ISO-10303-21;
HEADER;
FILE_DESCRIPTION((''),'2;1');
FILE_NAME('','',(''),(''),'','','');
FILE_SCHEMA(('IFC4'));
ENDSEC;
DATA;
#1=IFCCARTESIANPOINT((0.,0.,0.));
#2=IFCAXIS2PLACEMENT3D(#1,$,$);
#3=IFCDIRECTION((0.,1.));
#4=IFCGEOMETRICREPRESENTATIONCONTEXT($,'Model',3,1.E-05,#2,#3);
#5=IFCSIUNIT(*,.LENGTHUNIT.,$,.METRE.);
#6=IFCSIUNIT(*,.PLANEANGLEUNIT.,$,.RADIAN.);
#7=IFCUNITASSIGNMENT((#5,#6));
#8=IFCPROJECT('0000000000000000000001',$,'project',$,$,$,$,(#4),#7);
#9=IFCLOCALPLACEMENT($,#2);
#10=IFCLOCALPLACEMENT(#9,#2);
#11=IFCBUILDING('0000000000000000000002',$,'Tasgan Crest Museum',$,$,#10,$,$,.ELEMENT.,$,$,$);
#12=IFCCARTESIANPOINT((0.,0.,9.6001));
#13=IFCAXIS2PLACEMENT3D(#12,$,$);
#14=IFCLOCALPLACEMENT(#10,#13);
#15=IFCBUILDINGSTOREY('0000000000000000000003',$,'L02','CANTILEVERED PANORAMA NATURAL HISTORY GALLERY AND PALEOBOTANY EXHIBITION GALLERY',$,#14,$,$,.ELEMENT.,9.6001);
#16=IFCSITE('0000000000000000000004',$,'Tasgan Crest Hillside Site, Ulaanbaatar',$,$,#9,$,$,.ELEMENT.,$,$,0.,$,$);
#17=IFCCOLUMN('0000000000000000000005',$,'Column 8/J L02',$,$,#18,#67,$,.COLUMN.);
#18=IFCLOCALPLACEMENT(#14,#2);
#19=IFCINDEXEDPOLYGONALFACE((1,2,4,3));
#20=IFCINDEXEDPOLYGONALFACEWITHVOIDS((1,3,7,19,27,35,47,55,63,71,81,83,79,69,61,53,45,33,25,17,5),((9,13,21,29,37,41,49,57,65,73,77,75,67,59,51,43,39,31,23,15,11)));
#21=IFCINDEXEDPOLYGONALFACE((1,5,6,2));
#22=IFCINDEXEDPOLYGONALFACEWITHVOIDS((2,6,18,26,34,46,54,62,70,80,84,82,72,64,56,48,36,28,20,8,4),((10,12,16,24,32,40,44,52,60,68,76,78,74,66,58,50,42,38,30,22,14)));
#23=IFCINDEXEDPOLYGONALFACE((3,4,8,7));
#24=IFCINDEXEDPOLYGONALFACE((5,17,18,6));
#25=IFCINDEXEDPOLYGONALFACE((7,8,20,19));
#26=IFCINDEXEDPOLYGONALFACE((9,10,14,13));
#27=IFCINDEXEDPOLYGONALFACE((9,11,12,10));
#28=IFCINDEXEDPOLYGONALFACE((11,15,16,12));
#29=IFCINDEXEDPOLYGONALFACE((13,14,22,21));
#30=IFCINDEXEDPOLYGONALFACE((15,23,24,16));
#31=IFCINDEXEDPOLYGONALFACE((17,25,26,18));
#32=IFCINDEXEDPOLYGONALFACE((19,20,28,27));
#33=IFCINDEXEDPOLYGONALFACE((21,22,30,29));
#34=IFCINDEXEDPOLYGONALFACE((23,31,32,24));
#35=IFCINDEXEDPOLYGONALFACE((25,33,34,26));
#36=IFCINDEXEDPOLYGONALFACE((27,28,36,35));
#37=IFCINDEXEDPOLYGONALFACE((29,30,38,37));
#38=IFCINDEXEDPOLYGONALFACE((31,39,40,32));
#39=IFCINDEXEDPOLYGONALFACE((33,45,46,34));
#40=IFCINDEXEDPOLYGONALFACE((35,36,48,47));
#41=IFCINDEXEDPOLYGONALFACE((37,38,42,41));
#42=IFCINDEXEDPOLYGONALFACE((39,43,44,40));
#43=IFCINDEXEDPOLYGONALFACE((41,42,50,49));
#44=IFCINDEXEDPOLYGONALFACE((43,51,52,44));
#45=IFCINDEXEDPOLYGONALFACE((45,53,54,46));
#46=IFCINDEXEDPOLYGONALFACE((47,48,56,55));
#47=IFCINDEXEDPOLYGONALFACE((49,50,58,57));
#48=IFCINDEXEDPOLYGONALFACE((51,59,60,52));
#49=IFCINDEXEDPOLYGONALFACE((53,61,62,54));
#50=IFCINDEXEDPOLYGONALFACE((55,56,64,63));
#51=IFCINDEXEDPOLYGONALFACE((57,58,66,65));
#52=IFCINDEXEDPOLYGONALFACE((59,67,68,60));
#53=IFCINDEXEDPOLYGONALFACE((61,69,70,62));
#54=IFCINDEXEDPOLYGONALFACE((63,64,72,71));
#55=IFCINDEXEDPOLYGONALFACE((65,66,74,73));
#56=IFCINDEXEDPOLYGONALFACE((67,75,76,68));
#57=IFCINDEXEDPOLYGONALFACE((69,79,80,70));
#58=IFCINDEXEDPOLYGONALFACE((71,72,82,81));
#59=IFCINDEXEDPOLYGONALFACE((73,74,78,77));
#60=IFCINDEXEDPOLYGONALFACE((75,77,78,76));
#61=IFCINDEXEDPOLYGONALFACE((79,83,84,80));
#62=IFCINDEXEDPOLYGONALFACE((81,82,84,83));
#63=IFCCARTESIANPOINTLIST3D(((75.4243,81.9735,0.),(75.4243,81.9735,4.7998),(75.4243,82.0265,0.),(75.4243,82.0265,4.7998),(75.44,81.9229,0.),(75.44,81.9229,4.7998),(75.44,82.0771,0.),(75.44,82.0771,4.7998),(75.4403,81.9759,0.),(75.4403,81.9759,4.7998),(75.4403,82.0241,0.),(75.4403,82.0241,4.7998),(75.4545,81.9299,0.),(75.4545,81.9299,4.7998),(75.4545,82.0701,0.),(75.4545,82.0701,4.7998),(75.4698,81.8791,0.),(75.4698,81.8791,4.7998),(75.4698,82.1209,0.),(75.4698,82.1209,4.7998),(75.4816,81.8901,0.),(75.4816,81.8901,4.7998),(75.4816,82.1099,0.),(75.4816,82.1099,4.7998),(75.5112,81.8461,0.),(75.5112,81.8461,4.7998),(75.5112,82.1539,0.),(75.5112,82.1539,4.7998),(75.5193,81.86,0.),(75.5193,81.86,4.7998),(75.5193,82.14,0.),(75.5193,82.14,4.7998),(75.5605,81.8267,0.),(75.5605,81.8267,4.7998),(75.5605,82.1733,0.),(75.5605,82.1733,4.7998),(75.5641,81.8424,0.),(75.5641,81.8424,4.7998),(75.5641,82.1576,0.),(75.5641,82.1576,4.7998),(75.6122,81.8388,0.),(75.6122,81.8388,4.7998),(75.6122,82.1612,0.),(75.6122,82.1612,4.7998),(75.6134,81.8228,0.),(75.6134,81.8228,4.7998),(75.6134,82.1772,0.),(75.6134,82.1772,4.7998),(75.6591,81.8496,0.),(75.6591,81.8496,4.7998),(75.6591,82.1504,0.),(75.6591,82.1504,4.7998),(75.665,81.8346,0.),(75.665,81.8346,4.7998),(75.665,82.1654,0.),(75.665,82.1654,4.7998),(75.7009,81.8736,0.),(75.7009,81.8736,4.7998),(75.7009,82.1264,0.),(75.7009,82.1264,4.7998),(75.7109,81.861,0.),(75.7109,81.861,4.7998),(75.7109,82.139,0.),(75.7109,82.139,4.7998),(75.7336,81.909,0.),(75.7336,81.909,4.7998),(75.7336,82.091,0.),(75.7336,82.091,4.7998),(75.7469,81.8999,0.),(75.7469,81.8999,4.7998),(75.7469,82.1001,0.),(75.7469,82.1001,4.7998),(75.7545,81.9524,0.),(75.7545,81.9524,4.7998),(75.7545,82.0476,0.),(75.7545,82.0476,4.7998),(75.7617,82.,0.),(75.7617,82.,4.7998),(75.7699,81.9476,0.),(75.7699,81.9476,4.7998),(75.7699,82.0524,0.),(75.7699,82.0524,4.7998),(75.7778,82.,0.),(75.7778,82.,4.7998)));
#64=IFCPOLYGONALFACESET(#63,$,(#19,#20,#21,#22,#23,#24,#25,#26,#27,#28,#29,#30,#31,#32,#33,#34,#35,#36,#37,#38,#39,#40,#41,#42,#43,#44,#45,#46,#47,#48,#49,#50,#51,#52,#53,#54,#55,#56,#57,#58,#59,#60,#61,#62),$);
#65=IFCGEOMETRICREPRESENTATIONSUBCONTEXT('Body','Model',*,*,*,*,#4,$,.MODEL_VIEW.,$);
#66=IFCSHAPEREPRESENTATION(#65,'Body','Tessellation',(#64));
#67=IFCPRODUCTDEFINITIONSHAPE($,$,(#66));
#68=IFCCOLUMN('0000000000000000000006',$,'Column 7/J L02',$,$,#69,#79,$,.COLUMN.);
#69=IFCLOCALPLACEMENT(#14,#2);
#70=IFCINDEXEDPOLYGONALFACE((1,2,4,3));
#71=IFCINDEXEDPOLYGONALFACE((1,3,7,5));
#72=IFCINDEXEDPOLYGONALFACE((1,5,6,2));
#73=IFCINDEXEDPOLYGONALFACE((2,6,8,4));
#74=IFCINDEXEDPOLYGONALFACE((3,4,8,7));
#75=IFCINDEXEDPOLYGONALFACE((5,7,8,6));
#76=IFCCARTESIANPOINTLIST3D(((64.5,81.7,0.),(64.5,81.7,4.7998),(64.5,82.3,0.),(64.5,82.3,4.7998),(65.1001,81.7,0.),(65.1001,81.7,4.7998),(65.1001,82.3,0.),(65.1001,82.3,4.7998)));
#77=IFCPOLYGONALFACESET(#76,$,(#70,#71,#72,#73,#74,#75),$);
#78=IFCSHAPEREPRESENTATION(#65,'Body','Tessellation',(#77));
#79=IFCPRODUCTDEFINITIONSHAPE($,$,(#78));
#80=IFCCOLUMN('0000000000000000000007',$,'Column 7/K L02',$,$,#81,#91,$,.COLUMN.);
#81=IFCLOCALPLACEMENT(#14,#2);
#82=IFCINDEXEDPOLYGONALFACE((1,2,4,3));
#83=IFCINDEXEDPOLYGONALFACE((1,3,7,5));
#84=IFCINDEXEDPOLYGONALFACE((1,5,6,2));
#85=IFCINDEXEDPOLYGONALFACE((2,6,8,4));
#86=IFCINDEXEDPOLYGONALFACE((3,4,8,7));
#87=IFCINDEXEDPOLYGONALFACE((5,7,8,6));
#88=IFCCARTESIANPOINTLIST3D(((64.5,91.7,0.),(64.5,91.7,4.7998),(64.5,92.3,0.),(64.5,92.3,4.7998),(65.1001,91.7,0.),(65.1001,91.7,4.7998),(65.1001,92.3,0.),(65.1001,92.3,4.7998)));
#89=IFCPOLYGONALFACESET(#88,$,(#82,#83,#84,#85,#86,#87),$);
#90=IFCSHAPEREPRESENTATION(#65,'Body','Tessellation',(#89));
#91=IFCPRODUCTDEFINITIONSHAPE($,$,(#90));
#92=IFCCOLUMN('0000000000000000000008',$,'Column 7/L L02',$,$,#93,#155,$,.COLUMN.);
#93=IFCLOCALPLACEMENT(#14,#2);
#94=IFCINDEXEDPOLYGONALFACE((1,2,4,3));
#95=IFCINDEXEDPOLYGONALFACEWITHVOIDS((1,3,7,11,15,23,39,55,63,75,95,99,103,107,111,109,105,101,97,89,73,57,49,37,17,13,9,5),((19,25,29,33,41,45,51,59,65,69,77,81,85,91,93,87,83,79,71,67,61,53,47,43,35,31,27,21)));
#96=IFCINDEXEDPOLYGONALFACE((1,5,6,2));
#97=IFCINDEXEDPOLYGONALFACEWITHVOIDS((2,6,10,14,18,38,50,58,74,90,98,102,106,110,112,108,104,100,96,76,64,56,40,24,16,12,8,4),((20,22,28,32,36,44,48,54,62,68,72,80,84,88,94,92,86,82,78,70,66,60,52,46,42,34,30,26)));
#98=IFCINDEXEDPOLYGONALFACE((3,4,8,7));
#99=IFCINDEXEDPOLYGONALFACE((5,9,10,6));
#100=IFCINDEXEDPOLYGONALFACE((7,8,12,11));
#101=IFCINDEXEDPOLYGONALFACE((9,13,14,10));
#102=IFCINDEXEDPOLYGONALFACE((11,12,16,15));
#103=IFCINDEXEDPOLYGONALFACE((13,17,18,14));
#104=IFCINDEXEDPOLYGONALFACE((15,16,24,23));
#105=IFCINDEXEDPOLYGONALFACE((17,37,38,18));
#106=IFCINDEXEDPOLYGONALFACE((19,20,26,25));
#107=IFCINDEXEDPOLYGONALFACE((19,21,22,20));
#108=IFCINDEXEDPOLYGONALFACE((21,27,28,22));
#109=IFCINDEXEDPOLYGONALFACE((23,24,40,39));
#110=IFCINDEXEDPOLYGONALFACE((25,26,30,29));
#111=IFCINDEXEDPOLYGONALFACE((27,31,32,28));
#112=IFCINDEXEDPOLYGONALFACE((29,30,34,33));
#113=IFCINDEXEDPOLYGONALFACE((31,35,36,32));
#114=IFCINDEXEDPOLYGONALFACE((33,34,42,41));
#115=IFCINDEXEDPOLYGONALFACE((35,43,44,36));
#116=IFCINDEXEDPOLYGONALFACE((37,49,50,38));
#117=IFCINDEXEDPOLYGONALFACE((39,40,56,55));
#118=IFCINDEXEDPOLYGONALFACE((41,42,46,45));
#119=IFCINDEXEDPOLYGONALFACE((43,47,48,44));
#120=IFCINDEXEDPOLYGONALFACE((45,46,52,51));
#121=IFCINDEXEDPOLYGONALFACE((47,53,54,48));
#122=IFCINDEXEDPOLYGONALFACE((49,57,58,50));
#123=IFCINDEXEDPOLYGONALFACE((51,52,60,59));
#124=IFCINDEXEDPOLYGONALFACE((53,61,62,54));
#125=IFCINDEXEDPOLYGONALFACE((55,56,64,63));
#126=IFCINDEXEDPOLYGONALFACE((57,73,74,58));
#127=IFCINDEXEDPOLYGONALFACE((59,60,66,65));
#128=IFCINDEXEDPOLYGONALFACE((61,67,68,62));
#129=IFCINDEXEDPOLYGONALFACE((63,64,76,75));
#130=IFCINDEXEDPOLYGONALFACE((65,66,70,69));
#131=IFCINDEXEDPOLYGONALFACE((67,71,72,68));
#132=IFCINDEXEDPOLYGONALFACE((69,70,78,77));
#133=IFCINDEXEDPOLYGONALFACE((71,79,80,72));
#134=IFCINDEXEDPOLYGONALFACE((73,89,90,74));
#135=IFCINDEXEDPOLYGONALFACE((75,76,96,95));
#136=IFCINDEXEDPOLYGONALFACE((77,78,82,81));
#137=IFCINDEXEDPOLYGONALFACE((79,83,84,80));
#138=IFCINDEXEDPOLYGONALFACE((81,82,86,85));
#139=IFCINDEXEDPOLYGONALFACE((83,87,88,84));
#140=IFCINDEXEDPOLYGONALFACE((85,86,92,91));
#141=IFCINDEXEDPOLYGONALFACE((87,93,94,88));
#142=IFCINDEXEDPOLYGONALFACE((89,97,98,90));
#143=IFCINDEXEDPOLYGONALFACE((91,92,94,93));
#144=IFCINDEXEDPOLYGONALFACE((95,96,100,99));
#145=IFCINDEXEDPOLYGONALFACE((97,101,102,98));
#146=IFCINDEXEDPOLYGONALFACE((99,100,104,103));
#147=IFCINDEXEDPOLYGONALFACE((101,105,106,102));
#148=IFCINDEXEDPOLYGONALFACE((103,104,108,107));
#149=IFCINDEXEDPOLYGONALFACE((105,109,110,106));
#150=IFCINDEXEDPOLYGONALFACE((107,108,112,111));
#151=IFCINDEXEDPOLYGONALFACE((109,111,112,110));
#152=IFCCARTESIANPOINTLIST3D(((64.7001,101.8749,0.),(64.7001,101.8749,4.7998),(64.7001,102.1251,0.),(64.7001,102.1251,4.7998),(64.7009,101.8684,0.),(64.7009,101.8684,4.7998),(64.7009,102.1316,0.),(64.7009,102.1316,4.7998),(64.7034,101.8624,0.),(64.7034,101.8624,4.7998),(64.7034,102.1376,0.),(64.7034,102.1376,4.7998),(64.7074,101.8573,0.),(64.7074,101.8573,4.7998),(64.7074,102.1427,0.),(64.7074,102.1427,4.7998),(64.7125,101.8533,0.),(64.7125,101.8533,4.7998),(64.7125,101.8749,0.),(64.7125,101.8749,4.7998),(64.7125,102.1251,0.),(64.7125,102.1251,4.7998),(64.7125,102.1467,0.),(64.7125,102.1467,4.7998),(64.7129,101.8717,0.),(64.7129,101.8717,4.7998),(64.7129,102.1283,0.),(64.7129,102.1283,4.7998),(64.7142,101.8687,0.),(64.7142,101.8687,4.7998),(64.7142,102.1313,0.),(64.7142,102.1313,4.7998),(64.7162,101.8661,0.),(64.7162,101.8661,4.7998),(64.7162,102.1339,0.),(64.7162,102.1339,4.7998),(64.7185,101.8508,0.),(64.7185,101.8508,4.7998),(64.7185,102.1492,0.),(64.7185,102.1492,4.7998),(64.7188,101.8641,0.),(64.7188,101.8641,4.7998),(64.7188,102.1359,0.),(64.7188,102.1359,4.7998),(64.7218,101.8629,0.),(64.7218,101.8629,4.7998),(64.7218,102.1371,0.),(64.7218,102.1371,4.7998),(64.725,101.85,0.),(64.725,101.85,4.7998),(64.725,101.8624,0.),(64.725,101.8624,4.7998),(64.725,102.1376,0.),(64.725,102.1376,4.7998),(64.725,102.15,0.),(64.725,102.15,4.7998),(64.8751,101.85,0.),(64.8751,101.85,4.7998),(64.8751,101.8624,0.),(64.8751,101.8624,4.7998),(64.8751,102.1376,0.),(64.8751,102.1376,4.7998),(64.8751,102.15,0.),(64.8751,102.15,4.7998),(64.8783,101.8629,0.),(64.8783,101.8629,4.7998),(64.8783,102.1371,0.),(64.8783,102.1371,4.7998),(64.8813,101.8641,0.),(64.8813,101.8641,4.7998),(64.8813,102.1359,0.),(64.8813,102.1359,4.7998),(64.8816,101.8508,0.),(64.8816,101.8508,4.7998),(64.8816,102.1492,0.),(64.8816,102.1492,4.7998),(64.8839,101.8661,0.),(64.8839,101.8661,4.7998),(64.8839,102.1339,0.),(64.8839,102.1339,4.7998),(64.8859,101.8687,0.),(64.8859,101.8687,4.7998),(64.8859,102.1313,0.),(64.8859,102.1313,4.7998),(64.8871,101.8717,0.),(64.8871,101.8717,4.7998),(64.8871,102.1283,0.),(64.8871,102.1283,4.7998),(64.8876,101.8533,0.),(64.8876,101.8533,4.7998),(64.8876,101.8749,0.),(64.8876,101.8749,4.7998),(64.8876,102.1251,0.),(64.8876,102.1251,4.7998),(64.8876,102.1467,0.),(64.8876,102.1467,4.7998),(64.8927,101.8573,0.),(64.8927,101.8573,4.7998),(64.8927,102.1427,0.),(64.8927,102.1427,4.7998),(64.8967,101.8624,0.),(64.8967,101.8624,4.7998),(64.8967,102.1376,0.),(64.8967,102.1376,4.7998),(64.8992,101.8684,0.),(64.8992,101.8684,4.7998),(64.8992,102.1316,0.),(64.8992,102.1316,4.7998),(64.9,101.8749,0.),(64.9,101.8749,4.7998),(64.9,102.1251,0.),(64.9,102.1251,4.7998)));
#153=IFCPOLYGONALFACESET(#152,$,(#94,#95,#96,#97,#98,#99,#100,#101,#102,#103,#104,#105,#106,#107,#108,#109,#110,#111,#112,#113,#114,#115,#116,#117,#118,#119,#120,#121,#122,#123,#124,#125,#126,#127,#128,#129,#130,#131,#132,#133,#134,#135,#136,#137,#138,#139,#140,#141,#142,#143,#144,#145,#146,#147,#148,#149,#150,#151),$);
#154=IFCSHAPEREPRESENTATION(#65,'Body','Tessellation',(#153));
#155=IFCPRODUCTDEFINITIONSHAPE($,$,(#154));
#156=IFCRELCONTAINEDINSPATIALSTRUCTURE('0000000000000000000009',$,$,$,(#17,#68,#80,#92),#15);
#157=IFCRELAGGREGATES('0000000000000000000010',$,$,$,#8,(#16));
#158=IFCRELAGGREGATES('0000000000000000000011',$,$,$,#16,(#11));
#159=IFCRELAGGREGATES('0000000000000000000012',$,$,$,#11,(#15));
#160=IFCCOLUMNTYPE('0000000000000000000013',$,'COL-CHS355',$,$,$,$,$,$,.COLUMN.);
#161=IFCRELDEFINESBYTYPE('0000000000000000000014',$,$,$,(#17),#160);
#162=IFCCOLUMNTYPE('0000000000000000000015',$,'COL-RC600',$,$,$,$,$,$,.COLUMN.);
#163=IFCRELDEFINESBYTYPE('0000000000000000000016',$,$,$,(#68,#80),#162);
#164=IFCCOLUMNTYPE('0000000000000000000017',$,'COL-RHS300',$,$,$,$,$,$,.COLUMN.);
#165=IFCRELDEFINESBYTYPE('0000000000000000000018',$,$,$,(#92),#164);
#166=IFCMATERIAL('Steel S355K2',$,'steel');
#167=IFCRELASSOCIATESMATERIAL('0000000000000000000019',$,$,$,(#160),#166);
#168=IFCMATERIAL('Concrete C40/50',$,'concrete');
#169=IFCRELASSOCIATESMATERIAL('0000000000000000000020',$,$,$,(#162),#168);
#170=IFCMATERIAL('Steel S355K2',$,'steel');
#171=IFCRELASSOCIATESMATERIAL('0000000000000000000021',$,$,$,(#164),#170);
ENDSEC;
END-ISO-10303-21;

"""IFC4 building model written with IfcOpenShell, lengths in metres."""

from ifc_helpers import new_model, si_unit, direction, frame, origin, origin_2d, place, context, subcontext, project, spatial, rectangle, hollow_rectangle, hollow_circle, extrude, material, material_profile, profile_set, type_object, element, save


model = new_model("IFC4")

# Units and contexts
model_context = context("Model", 3, precision=1e-05, world=origin(), true_north=direction((0.0, 1.0)))
body_context = subcontext(model_context, "Body", "Model", "MODEL_VIEW")
ifc_project = project(units=[si_unit("LENGTHUNIT", "METRE"), si_unit("PLANEANGLEUNIT", "RADIAN")], contexts=[model_context])

# Site, building, storey
site_placement = place(None, origin())
site = spatial("IfcSite", under=ifc_project, at=site_placement, Name="Tasgan Crest Hillside Site, Ulaanbaatar", CompositionType="ELEMENT", RefElevation=0.0)
building_placement = place(site_placement, origin())
building = spatial("IfcBuilding", under=site, at=building_placement, Name="Tasgan Crest Museum", CompositionType="ELEMENT")
storey_placement = place(building_placement, frame((0.0, 0.0, 9.6001)))
storey = spatial("IfcBuildingStorey", under=building, at=storey_placement, Name="L02", Description="CANTILEVERED PANORAMA NATURAL HISTORY GALLERY AND PALEOBOTANY EXHIBITION GALLERY", CompositionType="ELEMENT", Elevation=9.6001)

# Columns
ifc_material_1 = material(Name="Steel S355K2", Category="steel")
ifc_material_profile_1 = material_profile(ifc_material_1, hollow_circle(Radius=0.1777, WallThickness=0.0161, at=origin_2d()), Name="CHS 355.6x16")
ifc_profile_set_1 = profile_set([ifc_material_profile_1], Name="Steel S355K2")
column_type_1 = type_object("IfcColumnType", Name="COL-CHS355", PredefinedType="COLUMN", material=ifc_profile_set_1)
column_1_placement = place(storey_placement, frame((75.6001, 82.0, 0.0), z_axis=(0.0, 0.0, 1.0), x_axis=(1.0, 0.0, 0.0)))
element("IfcColumn", 1, at=column_1_placement, inside=storey, type_object=column_type_1, Name="Column 8/J L02", PredefinedType="COLUMN", context=body_context, shape_type="SweptSolid", body=[
    extrude(hollow_circle(Radius=0.1777, WallThickness=0.0161, at=origin_2d()), origin(), (0.0, 0.0, 1.0), 4.7998),
])
ifc_material_2 = material(Name="Concrete C40/50", Category="concrete")
ifc_material_profile_2 = material_profile(ifc_material_2, rectangle(XDim=0.6001, YDim=0.6001, at=origin_2d()), Name="RC 600x600")
ifc_profile_set_2 = profile_set([ifc_material_profile_2], Name="Concrete C40/50")
column_type_2 = type_object("IfcColumnType", Name="COL-RC600", PredefinedType="COLUMN", material=ifc_profile_set_2)
for number, where, z_axis, x_axis, name in (
    (2, (64.8, 82.0, 0.0), (0.0, 0.0, 1.0), (1.0, 0.0, 0.0), "Column 7/J L02"),
    (3, (64.8, 92.0, 0.0), (0.0, 0.0, 1.0), (1.0, 0.0, 0.0), "Column 7/K L02"),
):
    element("IfcColumn", number, at=place(storey_placement, frame(where, z_axis=z_axis, x_axis=x_axis)), inside=storey, type_object=column_type_2, Name=name, PredefinedType="COLUMN", context=body_context, shape_type="SweptSolid", body=[
        extrude(rectangle(XDim=0.6001, YDim=0.6001, at=origin_2d()), origin(), (0.0, 0.0, 1.0), 4.7998),
    ])
ifc_material_3 = material(Name="Steel S355K2", Category="steel")
ifc_material_profile_3 = material_profile(ifc_material_3, hollow_rectangle(XDim=0.2, YDim=0.3, WallThickness=0.0125, InnerFilletRadius=0.0125, OuterFilletRadius=0.0249, at=origin_2d()), Name="RHS 300x200x12.5")
ifc_profile_set_3 = profile_set([ifc_material_profile_3], Name="Steel S355K2")
column_type_3 = type_object("IfcColumnType", Name="COL-RHS300", PredefinedType="COLUMN", material=ifc_profile_set_3)
column_2_placement = place(storey_placement, frame((64.8, 102.0, 0.0), z_axis=(0.0, 0.0, 1.0), x_axis=(1.0, 0.0, 0.0)))
element("IfcColumn", 4, at=column_2_placement, inside=storey, type_object=column_type_3, Name="Column 7/L L02", PredefinedType="COLUMN", context=body_context, shape_type="SweptSolid", body=[
    extrude(hollow_rectangle(XDim=0.2, YDim=0.3, WallThickness=0.0125, InnerFilletRadius=0.0125, OuterFilletRadius=0.0249, at=origin_2d()), origin(), (0.0, 0.0, 1.0), 4.7998),
])

save(model, "model.ifc")
